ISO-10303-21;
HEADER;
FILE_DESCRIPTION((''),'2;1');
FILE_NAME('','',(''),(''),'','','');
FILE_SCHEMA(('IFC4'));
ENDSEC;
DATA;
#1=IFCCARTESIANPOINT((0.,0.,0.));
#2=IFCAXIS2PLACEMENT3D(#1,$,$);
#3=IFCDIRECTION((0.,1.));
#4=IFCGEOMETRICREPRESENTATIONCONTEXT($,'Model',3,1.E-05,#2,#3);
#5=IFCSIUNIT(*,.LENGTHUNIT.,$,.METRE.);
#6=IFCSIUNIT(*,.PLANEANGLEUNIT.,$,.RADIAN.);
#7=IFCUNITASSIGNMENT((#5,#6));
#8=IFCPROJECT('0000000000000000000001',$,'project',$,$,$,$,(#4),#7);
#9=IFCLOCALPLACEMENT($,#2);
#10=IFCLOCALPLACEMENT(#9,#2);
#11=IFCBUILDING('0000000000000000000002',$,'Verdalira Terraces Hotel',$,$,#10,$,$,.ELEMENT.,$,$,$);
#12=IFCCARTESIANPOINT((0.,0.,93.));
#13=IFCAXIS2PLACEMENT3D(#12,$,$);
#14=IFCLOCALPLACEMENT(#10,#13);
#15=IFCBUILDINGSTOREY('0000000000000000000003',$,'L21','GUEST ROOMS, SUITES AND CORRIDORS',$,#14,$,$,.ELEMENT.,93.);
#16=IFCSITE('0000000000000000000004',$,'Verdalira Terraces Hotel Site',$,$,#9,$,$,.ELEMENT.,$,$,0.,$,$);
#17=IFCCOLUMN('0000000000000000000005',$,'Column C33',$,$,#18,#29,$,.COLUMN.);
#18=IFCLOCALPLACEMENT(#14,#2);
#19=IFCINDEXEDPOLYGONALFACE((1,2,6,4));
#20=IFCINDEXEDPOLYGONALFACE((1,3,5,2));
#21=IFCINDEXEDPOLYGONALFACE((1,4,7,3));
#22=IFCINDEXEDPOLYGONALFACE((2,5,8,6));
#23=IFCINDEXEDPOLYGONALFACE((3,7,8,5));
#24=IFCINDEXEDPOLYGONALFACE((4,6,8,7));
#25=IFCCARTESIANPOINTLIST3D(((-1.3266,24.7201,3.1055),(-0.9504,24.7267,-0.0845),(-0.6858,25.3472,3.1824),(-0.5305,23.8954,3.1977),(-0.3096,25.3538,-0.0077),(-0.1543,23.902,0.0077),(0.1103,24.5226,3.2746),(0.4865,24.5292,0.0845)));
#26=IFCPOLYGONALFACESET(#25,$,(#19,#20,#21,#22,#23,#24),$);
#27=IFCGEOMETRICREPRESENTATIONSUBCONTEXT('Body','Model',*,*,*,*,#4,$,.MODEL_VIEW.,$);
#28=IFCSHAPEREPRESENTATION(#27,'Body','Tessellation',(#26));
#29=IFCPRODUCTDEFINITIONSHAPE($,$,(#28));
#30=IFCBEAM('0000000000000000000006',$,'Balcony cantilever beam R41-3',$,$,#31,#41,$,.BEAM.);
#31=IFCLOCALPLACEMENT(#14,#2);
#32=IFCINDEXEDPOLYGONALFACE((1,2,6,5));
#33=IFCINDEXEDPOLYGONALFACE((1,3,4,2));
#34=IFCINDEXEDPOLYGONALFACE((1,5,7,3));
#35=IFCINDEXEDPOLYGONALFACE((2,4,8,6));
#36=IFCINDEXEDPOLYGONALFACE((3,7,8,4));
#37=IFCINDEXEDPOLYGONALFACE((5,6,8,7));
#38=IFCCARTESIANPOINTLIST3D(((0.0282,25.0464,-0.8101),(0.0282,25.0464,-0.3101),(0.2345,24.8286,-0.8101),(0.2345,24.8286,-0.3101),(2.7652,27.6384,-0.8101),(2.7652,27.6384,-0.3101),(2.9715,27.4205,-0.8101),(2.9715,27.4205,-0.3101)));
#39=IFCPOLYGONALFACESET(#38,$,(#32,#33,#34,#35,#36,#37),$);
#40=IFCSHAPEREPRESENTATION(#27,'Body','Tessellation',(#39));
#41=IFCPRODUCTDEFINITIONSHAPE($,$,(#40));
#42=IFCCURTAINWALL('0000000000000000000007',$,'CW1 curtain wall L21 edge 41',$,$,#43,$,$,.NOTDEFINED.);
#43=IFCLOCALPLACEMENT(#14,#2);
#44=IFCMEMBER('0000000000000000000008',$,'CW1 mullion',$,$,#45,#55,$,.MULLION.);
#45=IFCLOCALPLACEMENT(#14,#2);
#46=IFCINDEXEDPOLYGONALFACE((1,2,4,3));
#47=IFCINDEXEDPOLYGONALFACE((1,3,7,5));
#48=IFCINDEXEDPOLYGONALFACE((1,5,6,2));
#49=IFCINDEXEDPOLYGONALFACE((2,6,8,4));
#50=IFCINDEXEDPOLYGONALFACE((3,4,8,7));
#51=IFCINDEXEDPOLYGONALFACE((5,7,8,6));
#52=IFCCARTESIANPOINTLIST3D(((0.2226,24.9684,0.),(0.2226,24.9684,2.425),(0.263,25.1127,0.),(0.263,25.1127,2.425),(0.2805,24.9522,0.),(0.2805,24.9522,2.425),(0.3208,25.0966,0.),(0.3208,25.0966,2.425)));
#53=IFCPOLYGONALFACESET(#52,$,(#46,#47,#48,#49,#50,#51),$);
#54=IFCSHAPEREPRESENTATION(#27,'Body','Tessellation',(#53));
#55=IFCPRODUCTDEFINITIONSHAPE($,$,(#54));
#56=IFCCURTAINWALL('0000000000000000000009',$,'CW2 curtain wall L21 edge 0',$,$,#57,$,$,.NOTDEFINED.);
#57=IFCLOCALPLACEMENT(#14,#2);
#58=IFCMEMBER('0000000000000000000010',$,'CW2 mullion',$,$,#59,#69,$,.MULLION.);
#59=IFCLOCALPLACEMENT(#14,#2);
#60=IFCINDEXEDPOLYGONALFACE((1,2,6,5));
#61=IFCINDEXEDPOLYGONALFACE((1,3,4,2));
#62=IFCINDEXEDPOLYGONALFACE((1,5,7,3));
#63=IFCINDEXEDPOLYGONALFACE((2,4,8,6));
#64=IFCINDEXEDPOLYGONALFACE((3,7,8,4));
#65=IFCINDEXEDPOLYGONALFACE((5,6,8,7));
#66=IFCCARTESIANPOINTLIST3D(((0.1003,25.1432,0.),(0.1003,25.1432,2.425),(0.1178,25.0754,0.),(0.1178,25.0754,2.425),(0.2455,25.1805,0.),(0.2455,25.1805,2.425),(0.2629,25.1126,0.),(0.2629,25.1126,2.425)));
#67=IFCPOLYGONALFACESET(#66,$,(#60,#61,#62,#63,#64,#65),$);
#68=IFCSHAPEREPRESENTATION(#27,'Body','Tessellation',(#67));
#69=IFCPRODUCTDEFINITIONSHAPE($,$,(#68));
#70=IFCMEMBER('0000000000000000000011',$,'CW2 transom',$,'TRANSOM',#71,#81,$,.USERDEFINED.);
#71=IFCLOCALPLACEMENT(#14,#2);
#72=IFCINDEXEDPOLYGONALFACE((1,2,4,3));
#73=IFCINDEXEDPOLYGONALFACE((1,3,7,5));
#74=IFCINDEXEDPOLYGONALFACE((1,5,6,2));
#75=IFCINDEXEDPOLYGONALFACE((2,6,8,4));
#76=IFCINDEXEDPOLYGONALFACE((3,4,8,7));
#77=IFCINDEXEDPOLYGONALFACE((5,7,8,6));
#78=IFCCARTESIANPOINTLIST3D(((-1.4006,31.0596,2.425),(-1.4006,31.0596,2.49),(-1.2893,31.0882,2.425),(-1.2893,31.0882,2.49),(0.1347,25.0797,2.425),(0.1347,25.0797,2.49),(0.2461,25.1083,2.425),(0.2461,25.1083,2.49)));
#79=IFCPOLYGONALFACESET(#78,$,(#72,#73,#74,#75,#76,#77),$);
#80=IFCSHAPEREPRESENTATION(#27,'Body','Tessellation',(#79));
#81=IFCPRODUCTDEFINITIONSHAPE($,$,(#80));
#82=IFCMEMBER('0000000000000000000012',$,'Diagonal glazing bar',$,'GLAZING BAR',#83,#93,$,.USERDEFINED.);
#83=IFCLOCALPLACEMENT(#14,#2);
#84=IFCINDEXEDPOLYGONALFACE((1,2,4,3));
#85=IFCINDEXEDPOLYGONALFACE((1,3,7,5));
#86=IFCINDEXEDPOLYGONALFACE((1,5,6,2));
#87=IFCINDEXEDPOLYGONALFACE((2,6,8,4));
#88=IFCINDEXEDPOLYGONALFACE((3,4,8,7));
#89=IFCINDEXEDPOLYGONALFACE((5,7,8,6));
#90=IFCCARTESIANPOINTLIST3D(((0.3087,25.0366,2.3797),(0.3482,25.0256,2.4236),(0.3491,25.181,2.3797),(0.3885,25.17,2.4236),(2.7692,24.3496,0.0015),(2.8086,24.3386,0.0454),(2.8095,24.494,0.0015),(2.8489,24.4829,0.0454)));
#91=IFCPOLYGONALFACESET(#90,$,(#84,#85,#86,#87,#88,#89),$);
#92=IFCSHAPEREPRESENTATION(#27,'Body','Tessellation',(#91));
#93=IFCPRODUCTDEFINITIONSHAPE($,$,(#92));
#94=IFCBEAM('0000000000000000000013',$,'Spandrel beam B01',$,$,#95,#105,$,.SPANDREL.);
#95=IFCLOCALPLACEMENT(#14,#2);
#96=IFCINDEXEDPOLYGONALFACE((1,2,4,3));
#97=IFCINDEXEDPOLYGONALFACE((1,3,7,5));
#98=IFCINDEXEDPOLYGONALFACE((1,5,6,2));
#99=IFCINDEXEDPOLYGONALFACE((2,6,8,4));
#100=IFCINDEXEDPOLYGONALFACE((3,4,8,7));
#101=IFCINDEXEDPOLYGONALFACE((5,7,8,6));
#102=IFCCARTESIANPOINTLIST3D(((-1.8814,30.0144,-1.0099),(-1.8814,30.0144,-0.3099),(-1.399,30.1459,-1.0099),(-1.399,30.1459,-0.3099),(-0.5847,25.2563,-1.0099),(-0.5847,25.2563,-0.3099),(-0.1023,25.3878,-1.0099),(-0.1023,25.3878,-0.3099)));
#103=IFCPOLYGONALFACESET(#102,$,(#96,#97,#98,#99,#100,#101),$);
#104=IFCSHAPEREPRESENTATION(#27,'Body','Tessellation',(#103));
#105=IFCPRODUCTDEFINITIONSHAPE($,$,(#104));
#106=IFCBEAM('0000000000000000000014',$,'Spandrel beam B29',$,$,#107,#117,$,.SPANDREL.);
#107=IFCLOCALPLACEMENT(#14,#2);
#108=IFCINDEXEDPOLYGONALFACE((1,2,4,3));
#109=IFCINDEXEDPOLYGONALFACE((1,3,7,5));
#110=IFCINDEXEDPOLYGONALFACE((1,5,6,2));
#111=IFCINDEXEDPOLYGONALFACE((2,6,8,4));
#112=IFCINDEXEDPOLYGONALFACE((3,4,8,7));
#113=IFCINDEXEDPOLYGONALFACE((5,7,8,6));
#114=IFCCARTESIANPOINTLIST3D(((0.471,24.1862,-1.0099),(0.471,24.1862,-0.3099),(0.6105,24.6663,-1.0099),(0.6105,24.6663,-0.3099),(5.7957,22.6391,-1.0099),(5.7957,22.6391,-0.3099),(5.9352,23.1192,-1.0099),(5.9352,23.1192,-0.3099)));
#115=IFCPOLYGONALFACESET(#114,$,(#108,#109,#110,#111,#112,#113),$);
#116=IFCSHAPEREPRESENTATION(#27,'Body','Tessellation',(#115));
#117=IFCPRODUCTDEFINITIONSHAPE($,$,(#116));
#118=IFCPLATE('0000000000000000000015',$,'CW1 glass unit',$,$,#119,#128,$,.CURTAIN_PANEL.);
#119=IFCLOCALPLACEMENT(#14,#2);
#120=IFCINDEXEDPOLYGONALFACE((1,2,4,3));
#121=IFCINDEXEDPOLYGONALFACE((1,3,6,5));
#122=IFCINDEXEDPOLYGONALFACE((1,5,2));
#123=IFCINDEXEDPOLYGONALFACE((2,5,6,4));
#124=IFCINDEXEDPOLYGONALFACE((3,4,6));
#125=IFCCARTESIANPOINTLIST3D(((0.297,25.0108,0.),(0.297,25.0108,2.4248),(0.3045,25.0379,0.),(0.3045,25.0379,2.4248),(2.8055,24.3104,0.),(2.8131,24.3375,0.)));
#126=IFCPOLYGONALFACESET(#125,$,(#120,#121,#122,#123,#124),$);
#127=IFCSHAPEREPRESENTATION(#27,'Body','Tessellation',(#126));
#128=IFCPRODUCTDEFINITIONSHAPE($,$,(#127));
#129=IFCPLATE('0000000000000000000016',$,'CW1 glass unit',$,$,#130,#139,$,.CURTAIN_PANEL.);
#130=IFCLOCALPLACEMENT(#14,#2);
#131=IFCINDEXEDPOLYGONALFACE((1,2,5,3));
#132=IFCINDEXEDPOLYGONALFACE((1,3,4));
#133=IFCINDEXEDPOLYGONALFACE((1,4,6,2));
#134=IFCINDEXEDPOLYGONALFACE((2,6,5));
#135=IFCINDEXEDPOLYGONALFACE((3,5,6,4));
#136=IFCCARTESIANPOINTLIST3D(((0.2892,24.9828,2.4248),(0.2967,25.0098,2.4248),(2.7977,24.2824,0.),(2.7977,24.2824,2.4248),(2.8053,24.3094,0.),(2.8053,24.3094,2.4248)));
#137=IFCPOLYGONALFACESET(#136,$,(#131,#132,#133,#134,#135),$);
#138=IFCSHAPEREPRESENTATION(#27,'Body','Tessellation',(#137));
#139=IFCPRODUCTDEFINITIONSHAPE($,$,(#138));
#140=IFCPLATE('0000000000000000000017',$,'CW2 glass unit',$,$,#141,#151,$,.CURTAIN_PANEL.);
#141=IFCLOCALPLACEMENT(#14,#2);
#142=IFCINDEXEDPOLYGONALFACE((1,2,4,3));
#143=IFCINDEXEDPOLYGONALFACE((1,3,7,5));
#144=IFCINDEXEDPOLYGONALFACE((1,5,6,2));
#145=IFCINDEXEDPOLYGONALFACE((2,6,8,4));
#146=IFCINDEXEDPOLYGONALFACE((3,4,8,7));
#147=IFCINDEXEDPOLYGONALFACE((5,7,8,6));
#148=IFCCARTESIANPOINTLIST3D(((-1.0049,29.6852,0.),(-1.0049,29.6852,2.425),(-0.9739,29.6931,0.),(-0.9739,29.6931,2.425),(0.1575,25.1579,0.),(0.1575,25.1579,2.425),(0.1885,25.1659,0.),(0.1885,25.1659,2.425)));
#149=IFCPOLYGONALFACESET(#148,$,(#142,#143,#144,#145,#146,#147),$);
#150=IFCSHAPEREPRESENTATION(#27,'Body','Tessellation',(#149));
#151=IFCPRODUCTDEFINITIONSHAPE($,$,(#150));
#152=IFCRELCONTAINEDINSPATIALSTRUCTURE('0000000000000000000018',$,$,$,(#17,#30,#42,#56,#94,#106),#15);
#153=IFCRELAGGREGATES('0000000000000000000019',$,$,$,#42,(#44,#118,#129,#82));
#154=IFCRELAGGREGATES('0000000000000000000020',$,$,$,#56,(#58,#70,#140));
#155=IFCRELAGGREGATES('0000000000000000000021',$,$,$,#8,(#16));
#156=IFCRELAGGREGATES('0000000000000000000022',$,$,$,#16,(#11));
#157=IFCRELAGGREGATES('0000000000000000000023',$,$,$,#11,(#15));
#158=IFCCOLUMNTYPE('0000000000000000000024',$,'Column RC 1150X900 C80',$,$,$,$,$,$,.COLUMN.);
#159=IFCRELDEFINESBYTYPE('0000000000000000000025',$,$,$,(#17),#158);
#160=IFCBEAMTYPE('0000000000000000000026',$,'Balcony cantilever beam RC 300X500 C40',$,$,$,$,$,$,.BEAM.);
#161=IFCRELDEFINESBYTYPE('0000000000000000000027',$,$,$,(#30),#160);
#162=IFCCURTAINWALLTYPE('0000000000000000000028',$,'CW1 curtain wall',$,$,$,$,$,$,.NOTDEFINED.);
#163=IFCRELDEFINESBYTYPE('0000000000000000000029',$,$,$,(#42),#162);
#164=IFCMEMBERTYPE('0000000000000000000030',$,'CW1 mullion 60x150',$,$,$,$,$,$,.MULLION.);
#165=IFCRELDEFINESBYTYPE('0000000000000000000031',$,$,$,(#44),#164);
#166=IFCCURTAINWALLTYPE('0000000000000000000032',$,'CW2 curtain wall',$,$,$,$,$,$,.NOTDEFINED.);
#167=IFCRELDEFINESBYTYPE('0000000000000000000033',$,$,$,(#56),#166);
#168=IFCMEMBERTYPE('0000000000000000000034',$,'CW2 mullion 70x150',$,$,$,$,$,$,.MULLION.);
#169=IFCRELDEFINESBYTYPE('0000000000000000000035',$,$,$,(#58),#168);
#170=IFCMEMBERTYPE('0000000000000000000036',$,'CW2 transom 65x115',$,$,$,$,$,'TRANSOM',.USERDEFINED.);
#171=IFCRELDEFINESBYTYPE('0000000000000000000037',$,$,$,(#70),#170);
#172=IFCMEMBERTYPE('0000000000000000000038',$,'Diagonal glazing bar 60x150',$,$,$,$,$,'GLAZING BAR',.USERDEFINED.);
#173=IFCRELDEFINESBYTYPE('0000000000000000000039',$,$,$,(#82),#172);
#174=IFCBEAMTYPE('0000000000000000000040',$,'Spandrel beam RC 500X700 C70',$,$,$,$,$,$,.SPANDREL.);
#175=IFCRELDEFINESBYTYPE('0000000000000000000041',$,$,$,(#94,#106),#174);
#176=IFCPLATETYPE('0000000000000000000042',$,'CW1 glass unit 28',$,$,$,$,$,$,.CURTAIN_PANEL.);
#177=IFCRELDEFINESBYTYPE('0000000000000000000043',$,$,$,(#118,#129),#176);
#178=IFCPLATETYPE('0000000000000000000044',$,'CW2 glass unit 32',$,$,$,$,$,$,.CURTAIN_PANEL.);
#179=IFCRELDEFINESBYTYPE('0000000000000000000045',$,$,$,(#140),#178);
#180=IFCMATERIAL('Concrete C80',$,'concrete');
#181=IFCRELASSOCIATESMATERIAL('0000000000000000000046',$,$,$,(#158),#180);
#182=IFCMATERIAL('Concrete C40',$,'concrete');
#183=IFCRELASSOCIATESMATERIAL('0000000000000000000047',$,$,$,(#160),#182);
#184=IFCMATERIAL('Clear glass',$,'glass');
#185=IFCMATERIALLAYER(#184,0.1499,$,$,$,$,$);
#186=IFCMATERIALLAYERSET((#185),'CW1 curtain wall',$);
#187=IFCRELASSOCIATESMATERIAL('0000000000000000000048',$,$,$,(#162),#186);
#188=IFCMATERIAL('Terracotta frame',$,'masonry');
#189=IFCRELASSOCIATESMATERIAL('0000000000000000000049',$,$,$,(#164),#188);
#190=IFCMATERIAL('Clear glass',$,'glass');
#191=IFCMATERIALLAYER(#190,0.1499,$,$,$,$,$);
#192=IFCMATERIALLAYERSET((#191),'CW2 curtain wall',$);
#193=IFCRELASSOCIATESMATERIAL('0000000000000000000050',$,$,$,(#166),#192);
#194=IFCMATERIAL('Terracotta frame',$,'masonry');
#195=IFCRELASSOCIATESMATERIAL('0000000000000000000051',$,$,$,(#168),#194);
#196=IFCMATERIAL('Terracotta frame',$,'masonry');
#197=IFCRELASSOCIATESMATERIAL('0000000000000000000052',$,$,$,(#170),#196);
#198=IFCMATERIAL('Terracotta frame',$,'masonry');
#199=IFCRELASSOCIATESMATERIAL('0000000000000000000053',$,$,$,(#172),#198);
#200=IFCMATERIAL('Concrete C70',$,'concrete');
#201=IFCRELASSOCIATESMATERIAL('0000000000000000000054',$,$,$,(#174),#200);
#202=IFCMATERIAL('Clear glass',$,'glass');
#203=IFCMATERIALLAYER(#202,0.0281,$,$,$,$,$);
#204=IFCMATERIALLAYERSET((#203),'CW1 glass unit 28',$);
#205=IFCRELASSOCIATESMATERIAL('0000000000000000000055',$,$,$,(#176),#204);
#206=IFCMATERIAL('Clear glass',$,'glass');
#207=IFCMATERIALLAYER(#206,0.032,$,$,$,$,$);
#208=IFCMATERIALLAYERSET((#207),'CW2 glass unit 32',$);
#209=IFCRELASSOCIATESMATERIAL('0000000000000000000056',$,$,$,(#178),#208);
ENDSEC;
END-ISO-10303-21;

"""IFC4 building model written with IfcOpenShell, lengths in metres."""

from ifc_helpers import new_model, si_unit, direction, frame, origin, origin_2d, place, context, subcontext, project, spatial, polyline, rectangle, outline, extrude, material, layer, layer_set, material_profile, profile_set, type_object, element, aggregate, save


model = new_model("IFC4")

# Units and contexts
model_context = context("Model", 3, precision=1e-05, world=origin(), true_north=direction((0.0, 1.0)))
body_context = subcontext(model_context, "Body", "Model", "MODEL_VIEW")
ifc_project = project(units=[si_unit("LENGTHUNIT", "METRE"), si_unit("PLANEANGLEUNIT", "RADIAN")], contexts=[model_context])

# Site, building, storey
site_placement = place(None, origin())
site = spatial("IfcSite", under=ifc_project, at=site_placement, Name="Verdalira Terraces Hotel Site", CompositionType="ELEMENT", RefElevation=0.0)
building_placement = place(site_placement, origin())
building = spatial("IfcBuilding", under=site, at=building_placement, Name="Verdalira Terraces Hotel", CompositionType="ELEMENT")
storey_placement = place(building_placement, frame((0.0, 0.0, 93.0)))
storey = spatial("IfcBuildingStorey", under=building, at=storey_placement, Name="L21", Description="GUEST ROOMS, SUITES AND CORRIDORS", CompositionType="ELEMENT", Elevation=93.0)

# Column
ifc_material_1 = material(Name="Concrete C80", Category="concrete")
ifc_material_profile_1 = material_profile(ifc_material_1, rectangle(XDim=1.1499, YDim=0.8999, at=origin_2d()), Name="RC 1150X900")
ifc_profile_set_1 = profile_set([ifc_material_profile_1], Name="Concrete C80")
column_type = type_object("IfcColumnType", Name="Column RC 1150X900 C80", PredefinedType="COLUMN", material=ifc_profile_set_1)
column_placement = place(storey_placement, frame((-0.2319, 24.6279, 0.0), z_axis=(-0.117128, -0.002052, 0.993115), x_axis=(0.692287, -0.717155, 0.080166)))
element("IfcColumn", 1, at=column_placement, inside=storey, type_object=column_type, Name="Column C33", PredefinedType="COLUMN", context=body_context, shape_type="SweptSolid", body=[
    extrude(rectangle(XDim=1.1499, YDim=0.8999, at=origin_2d()), origin(), (0.0, 0.0, 1.0), 3.2122),
])

# Beam
ifc_material_2 = material(Name="Concrete C40", Category="concrete")
ifc_material_profile_2 = material_profile(ifc_material_2, rectangle(XDim=0.3, YDim=0.5, at=origin_2d()), Name="RC 300X500")
ifc_profile_set_2 = profile_set([ifc_material_profile_2], Name="Concrete C40")
beam_type_1 = type_object("IfcBeamType", Name="Balcony cantilever beam RC 300X500 C40", PredefinedType="BEAM", material=ifc_profile_set_2)
beam_1_placement = place(storey_placement, frame((0.1313, 24.9375, -0.5601), z_axis=(0.72608, 0.68761, 0.0), x_axis=(-0.68761, 0.72608, 0.0)))
element("IfcBeam", 2, at=beam_1_placement, inside=storey, type_object=beam_type_1, Name="Balcony cantilever beam R41-3", PredefinedType="BEAM", context=body_context, shape_type="SweptSolid", body=[
    extrude(rectangle(XDim=0.3, YDim=0.5, at=origin_2d()), origin(), (0.0, 0.0, 1.0), 3.7695),
])

# Curtain wall, member
ifc_material_3 = material(Name="Clear glass", Category="glass")
ifc_layer_1 = layer(ifc_material_3, 0.1499)
ifc_layer_set_1 = layer_set([ifc_layer_1], Name="CW1 curtain wall")
curtain_wall_type_1 = type_object("IfcCurtainWallType", Name="CW1 curtain wall", PredefinedType="NOTDEFINED", material=ifc_layer_set_1)
curtain_wall_1_placement = place(storey_placement, origin())
curtain_wall_1 = element("IfcCurtainWall", 3, at=curtain_wall_1_placement, inside=storey, type_object=curtain_wall_type_1, Name="CW1 curtain wall L21 edge 41", PredefinedType="NOTDEFINED")
ifc_material_4 = material(Name="Terracotta frame", Category="masonry")
ifc_material_profile_3 = material_profile(ifc_material_4, rectangle(XDim=0.0601, YDim=0.1499, at=origin_2d()), Name="MU 60x150")
ifc_profile_set_3 = profile_set([ifc_material_profile_3], Name="Terracotta frame")
member_type_1 = type_object("IfcMemberType", Name="CW1 mullion 60x150", PredefinedType="MULLION", material=ifc_profile_set_3)
member_1_placement = place(storey_placement, frame((0.2717, 25.0325, 0.0), z_axis=(0.0, 0.0, 1.0), x_axis=(-0.963163, 0.26892, 0.0)))
member_1 = element("IfcMember", 4, at=member_1_placement, type_object=member_type_1, Name="CW1 mullion", PredefinedType="MULLION", context=body_context, shape_type="SweptSolid", body=[
    extrude(rectangle(XDim=0.0601, YDim=0.1499, at=origin_2d()), origin(), (0.0, 0.0, 1.0), 2.425),
])

# Curtain wall, members
ifc_material_5 = material(Name="Clear glass", Category="glass")
ifc_layer_2 = layer(ifc_material_5, 0.1499)
ifc_layer_set_2 = layer_set([ifc_layer_2], Name="CW2 curtain wall")
curtain_wall_type_2 = type_object("IfcCurtainWallType", Name="CW2 curtain wall", PredefinedType="NOTDEFINED", material=ifc_layer_set_2)
curtain_wall_2_placement = place(storey_placement, origin())
curtain_wall_2 = element("IfcCurtainWall", 5, at=curtain_wall_2_placement, inside=storey, type_object=curtain_wall_type_2, Name="CW2 curtain wall L21 edge 0", PredefinedType="NOTDEFINED")
ifc_material_6 = material(Name="Terracotta frame", Category="masonry")
ifc_material_profile_4 = material_profile(ifc_material_6, rectangle(XDim=0.0701, YDim=0.1499, at=origin_2d()), Name="MU 70x150")
ifc_profile_set_4 = profile_set([ifc_material_profile_4], Name="Terracotta frame")
member_type_2 = type_object("IfcMemberType", Name="CW2 mullion 70x150", PredefinedType="MULLION", material=ifc_profile_set_4)
member_2_placement = place(storey_placement, frame((0.1816, 25.1279, 0.0), z_axis=(0.0, 0.0, 1.0), x_axis=(-0.24869, 0.968583, 0.0)))
member_2 = element("IfcMember", 6, at=member_2_placement, type_object=member_type_2, Name="CW2 mullion", PredefinedType="MULLION", context=body_context, shape_type="SweptSolid", body=[
    extrude(rectangle(XDim=0.0701, YDim=0.1499, at=origin_2d()), origin(), (0.0, 0.0, 1.0), 2.425),
])
ifc_material_7 = material(Name="Terracotta frame", Category="masonry")
ifc_material_profile_5 = material_profile(ifc_material_7, rectangle(XDim=0.115, YDim=0.0649, at=origin_2d()), Name="TR 65x115")
ifc_profile_set_5 = profile_set([ifc_material_profile_5], Name="Terracotta frame")
member_type_3 = type_object("IfcMemberType", Name="CW2 transom 65x115", ElementType="TRANSOM", PredefinedType="USERDEFINED", material=ifc_profile_set_5)
member_3_placement = place(storey_placement, frame((0.1904, 25.094, 2.4575), z_axis=(-0.24869, 0.968583, 0.0), x_axis=(-0.968583, -0.24869, 0.0)))
member_3 = element("IfcMember", 7, at=member_3_placement, type_object=member_type_3, Name="CW2 transom", ObjectType="TRANSOM", PredefinedType="USERDEFINED", context=body_context, shape_type="SweptSolid", body=[
    extrude(rectangle(XDim=0.115, YDim=0.0649, at=origin_2d()), origin(), (0.0, 0.0, 1.0), 6.1738),
])

# Member
ifc_material_8 = material(Name="Terracotta frame", Category="masonry")
ifc_material_profile_6 = material_profile(ifc_material_8, rectangle(XDim=0.1499, YDim=0.0601, at=origin_2d()), Name="GB 60x150")
ifc_profile_set_6 = profile_set([ifc_material_profile_6], Name="Terracotta frame")
member_type_4 = type_object("IfcMemberType", Name="Diagonal glazing bar 60x150", ElementType="GLAZING BAR", PredefinedType="USERDEFINED", material=ifc_profile_set_6)
member_4_placement = place(storey_placement, frame((2.8091, 24.4163, 0.0234), z_axis=(-0.704959, 0.19684, 0.681386), x_axis=(-0.268935, -0.963158, 0.0)))
member_4 = element("IfcMember", 8, at=member_4_placement, type_object=member_type_4, Name="Diagonal glazing bar", ObjectType="GLAZING BAR", PredefinedType="USERDEFINED", context=body_context, shape_type="SweptSolid", body=[
    extrude(rectangle(XDim=0.1499, YDim=0.0601, at=origin_2d()), origin(), (0.0, 0.0, 1.0), 3.4902),
])

# Beams
ifc_material_9 = material(Name="Concrete C70", Category="concrete")
ifc_material_profile_7 = material_profile(ifc_material_9, rectangle(XDim=0.5, YDim=0.7, at=origin_2d()), Name="RC 500X700")
ifc_profile_set_7 = profile_set([ifc_material_profile_7], Name="Concrete C70")
beam_type_2 = type_object("IfcBeamType", Name="Spandrel beam RC 500X700 C70", PredefinedType="SPANDREL", material=ifc_profile_set_7)
beam_2_placement = place(storey_placement, frame((-0.3435, 25.322, -0.6599), z_axis=(-0.262925, 0.964816, 0.0), x_axis=(-0.964816, -0.262925, 0.0)))
element("IfcBeam", 9, at=beam_2_placement, inside=storey, type_object=beam_type_2, Name="Spandrel beam B01", PredefinedType="SPANDREL", context=body_context, shape_type="SweptSolid", body=[
    extrude(rectangle(XDim=0.5, YDim=0.7, at=origin_2d()), origin(), (0.0, 0.0, 1.0), 4.9316),
])
beam_3_placement = place(storey_placement, frame((5.8655, 22.8791, -0.6599), z_axis=(-0.960286, 0.279016, 0.0), x_axis=(-0.279016, -0.960286, 0.0)))
element("IfcBeam", 10, at=beam_3_placement, inside=storey, type_object=beam_type_2, Name="Spandrel beam B29", PredefinedType="SPANDREL", context=body_context, shape_type="SweptSolid", body=[
    extrude(rectangle(XDim=0.5, YDim=0.7, at=origin_2d()), origin(), (0.0, 0.0, 1.0), 5.5449),
])

# Plates
ifc_material_10 = material(Name="Clear glass", Category="glass")
ifc_layer_3 = layer(ifc_material_10, 0.0281)
ifc_layer_set_3 = layer_set([ifc_layer_3], Name="CW1 glass unit 28")
plate_type_1 = type_object("IfcPlateType", Name="CW1 glass unit 28", PredefinedType="CURTAIN_PANEL", material=ifc_layer_set_3)
plate_1_placement = place(storey_placement, frame((1.5513, 24.6606, 1.2124), z_axis=(0.26892, 0.963163, 0.0), x_axis=(-0.963163, 0.26892, 0.0)))
plate_1 = element("IfcPlate", 11, at=plate_1_placement, type_object=plate_type_1, Name="CW1 glass unit", PredefinedType="CURTAIN_PANEL", context=body_context, shape_type="SweptSolid", body=[
    extrude(outline(polyline([(-1.3022, -1.2124), (1.3022, -1.2124), (1.3022, 1.2124), (-1.3022, -1.2124)])), origin(), (0.0, 0.0, 1.0), 0.0281),
])
plate_2_placement = place(storey_placement, frame((1.5435, 24.6326, 1.2124), z_axis=(0.26892, 0.963163, 0.0), x_axis=(-0.963163, 0.26892, 0.0)))
plate_2 = element("IfcPlate", 12, at=plate_2_placement, type_object=plate_type_1, Name="CW1 glass unit", PredefinedType="CURTAIN_PANEL", context=body_context, shape_type="SweptSolid", body=[
    extrude(outline(polyline([(-1.3022, -1.2124), (1.3022, 1.2124), (-1.3022, 1.2124), (-1.3022, -1.2124)])), origin(), (0.0, 0.0, 1.0), 0.0281),
])
aggregate(curtain_wall_1, [member_1, plate_1, plate_2, member_4])
ifc_material_11 = material(Name="Clear glass", Category="glass")
ifc_layer_4 = layer(ifc_material_11, 0.032)
ifc_layer_set_4 = layer_set([ifc_layer_4], Name="CW2 glass unit 32")
plate_type_2 = type_object("IfcPlateType", Name="CW2 glass unit 32", PredefinedType="CURTAIN_PANEL", material=ifc_layer_set_4)
plate_3_placement = place(storey_placement, frame((-0.4082, 27.4255, 0.0), z_axis=(0.0, 0.0, 1.0), x_axis=(-0.24869, 0.968583, 0.0)))
plate_3 = element("IfcPlate", 13, at=plate_3_placement, type_object=plate_type_2, Name="CW2 glass unit", PredefinedType="CURTAIN_PANEL", context=body_context, shape_type="SweptSolid", body=[
    extrude(rectangle(XDim=4.6741, YDim=0.032, at=origin_2d()), origin(), (0.0, 0.0, 1.0), 2.425),
])
aggregate(curtain_wall_2, [member_2, member_3, plate_3])

save(model, "model.ifc")
